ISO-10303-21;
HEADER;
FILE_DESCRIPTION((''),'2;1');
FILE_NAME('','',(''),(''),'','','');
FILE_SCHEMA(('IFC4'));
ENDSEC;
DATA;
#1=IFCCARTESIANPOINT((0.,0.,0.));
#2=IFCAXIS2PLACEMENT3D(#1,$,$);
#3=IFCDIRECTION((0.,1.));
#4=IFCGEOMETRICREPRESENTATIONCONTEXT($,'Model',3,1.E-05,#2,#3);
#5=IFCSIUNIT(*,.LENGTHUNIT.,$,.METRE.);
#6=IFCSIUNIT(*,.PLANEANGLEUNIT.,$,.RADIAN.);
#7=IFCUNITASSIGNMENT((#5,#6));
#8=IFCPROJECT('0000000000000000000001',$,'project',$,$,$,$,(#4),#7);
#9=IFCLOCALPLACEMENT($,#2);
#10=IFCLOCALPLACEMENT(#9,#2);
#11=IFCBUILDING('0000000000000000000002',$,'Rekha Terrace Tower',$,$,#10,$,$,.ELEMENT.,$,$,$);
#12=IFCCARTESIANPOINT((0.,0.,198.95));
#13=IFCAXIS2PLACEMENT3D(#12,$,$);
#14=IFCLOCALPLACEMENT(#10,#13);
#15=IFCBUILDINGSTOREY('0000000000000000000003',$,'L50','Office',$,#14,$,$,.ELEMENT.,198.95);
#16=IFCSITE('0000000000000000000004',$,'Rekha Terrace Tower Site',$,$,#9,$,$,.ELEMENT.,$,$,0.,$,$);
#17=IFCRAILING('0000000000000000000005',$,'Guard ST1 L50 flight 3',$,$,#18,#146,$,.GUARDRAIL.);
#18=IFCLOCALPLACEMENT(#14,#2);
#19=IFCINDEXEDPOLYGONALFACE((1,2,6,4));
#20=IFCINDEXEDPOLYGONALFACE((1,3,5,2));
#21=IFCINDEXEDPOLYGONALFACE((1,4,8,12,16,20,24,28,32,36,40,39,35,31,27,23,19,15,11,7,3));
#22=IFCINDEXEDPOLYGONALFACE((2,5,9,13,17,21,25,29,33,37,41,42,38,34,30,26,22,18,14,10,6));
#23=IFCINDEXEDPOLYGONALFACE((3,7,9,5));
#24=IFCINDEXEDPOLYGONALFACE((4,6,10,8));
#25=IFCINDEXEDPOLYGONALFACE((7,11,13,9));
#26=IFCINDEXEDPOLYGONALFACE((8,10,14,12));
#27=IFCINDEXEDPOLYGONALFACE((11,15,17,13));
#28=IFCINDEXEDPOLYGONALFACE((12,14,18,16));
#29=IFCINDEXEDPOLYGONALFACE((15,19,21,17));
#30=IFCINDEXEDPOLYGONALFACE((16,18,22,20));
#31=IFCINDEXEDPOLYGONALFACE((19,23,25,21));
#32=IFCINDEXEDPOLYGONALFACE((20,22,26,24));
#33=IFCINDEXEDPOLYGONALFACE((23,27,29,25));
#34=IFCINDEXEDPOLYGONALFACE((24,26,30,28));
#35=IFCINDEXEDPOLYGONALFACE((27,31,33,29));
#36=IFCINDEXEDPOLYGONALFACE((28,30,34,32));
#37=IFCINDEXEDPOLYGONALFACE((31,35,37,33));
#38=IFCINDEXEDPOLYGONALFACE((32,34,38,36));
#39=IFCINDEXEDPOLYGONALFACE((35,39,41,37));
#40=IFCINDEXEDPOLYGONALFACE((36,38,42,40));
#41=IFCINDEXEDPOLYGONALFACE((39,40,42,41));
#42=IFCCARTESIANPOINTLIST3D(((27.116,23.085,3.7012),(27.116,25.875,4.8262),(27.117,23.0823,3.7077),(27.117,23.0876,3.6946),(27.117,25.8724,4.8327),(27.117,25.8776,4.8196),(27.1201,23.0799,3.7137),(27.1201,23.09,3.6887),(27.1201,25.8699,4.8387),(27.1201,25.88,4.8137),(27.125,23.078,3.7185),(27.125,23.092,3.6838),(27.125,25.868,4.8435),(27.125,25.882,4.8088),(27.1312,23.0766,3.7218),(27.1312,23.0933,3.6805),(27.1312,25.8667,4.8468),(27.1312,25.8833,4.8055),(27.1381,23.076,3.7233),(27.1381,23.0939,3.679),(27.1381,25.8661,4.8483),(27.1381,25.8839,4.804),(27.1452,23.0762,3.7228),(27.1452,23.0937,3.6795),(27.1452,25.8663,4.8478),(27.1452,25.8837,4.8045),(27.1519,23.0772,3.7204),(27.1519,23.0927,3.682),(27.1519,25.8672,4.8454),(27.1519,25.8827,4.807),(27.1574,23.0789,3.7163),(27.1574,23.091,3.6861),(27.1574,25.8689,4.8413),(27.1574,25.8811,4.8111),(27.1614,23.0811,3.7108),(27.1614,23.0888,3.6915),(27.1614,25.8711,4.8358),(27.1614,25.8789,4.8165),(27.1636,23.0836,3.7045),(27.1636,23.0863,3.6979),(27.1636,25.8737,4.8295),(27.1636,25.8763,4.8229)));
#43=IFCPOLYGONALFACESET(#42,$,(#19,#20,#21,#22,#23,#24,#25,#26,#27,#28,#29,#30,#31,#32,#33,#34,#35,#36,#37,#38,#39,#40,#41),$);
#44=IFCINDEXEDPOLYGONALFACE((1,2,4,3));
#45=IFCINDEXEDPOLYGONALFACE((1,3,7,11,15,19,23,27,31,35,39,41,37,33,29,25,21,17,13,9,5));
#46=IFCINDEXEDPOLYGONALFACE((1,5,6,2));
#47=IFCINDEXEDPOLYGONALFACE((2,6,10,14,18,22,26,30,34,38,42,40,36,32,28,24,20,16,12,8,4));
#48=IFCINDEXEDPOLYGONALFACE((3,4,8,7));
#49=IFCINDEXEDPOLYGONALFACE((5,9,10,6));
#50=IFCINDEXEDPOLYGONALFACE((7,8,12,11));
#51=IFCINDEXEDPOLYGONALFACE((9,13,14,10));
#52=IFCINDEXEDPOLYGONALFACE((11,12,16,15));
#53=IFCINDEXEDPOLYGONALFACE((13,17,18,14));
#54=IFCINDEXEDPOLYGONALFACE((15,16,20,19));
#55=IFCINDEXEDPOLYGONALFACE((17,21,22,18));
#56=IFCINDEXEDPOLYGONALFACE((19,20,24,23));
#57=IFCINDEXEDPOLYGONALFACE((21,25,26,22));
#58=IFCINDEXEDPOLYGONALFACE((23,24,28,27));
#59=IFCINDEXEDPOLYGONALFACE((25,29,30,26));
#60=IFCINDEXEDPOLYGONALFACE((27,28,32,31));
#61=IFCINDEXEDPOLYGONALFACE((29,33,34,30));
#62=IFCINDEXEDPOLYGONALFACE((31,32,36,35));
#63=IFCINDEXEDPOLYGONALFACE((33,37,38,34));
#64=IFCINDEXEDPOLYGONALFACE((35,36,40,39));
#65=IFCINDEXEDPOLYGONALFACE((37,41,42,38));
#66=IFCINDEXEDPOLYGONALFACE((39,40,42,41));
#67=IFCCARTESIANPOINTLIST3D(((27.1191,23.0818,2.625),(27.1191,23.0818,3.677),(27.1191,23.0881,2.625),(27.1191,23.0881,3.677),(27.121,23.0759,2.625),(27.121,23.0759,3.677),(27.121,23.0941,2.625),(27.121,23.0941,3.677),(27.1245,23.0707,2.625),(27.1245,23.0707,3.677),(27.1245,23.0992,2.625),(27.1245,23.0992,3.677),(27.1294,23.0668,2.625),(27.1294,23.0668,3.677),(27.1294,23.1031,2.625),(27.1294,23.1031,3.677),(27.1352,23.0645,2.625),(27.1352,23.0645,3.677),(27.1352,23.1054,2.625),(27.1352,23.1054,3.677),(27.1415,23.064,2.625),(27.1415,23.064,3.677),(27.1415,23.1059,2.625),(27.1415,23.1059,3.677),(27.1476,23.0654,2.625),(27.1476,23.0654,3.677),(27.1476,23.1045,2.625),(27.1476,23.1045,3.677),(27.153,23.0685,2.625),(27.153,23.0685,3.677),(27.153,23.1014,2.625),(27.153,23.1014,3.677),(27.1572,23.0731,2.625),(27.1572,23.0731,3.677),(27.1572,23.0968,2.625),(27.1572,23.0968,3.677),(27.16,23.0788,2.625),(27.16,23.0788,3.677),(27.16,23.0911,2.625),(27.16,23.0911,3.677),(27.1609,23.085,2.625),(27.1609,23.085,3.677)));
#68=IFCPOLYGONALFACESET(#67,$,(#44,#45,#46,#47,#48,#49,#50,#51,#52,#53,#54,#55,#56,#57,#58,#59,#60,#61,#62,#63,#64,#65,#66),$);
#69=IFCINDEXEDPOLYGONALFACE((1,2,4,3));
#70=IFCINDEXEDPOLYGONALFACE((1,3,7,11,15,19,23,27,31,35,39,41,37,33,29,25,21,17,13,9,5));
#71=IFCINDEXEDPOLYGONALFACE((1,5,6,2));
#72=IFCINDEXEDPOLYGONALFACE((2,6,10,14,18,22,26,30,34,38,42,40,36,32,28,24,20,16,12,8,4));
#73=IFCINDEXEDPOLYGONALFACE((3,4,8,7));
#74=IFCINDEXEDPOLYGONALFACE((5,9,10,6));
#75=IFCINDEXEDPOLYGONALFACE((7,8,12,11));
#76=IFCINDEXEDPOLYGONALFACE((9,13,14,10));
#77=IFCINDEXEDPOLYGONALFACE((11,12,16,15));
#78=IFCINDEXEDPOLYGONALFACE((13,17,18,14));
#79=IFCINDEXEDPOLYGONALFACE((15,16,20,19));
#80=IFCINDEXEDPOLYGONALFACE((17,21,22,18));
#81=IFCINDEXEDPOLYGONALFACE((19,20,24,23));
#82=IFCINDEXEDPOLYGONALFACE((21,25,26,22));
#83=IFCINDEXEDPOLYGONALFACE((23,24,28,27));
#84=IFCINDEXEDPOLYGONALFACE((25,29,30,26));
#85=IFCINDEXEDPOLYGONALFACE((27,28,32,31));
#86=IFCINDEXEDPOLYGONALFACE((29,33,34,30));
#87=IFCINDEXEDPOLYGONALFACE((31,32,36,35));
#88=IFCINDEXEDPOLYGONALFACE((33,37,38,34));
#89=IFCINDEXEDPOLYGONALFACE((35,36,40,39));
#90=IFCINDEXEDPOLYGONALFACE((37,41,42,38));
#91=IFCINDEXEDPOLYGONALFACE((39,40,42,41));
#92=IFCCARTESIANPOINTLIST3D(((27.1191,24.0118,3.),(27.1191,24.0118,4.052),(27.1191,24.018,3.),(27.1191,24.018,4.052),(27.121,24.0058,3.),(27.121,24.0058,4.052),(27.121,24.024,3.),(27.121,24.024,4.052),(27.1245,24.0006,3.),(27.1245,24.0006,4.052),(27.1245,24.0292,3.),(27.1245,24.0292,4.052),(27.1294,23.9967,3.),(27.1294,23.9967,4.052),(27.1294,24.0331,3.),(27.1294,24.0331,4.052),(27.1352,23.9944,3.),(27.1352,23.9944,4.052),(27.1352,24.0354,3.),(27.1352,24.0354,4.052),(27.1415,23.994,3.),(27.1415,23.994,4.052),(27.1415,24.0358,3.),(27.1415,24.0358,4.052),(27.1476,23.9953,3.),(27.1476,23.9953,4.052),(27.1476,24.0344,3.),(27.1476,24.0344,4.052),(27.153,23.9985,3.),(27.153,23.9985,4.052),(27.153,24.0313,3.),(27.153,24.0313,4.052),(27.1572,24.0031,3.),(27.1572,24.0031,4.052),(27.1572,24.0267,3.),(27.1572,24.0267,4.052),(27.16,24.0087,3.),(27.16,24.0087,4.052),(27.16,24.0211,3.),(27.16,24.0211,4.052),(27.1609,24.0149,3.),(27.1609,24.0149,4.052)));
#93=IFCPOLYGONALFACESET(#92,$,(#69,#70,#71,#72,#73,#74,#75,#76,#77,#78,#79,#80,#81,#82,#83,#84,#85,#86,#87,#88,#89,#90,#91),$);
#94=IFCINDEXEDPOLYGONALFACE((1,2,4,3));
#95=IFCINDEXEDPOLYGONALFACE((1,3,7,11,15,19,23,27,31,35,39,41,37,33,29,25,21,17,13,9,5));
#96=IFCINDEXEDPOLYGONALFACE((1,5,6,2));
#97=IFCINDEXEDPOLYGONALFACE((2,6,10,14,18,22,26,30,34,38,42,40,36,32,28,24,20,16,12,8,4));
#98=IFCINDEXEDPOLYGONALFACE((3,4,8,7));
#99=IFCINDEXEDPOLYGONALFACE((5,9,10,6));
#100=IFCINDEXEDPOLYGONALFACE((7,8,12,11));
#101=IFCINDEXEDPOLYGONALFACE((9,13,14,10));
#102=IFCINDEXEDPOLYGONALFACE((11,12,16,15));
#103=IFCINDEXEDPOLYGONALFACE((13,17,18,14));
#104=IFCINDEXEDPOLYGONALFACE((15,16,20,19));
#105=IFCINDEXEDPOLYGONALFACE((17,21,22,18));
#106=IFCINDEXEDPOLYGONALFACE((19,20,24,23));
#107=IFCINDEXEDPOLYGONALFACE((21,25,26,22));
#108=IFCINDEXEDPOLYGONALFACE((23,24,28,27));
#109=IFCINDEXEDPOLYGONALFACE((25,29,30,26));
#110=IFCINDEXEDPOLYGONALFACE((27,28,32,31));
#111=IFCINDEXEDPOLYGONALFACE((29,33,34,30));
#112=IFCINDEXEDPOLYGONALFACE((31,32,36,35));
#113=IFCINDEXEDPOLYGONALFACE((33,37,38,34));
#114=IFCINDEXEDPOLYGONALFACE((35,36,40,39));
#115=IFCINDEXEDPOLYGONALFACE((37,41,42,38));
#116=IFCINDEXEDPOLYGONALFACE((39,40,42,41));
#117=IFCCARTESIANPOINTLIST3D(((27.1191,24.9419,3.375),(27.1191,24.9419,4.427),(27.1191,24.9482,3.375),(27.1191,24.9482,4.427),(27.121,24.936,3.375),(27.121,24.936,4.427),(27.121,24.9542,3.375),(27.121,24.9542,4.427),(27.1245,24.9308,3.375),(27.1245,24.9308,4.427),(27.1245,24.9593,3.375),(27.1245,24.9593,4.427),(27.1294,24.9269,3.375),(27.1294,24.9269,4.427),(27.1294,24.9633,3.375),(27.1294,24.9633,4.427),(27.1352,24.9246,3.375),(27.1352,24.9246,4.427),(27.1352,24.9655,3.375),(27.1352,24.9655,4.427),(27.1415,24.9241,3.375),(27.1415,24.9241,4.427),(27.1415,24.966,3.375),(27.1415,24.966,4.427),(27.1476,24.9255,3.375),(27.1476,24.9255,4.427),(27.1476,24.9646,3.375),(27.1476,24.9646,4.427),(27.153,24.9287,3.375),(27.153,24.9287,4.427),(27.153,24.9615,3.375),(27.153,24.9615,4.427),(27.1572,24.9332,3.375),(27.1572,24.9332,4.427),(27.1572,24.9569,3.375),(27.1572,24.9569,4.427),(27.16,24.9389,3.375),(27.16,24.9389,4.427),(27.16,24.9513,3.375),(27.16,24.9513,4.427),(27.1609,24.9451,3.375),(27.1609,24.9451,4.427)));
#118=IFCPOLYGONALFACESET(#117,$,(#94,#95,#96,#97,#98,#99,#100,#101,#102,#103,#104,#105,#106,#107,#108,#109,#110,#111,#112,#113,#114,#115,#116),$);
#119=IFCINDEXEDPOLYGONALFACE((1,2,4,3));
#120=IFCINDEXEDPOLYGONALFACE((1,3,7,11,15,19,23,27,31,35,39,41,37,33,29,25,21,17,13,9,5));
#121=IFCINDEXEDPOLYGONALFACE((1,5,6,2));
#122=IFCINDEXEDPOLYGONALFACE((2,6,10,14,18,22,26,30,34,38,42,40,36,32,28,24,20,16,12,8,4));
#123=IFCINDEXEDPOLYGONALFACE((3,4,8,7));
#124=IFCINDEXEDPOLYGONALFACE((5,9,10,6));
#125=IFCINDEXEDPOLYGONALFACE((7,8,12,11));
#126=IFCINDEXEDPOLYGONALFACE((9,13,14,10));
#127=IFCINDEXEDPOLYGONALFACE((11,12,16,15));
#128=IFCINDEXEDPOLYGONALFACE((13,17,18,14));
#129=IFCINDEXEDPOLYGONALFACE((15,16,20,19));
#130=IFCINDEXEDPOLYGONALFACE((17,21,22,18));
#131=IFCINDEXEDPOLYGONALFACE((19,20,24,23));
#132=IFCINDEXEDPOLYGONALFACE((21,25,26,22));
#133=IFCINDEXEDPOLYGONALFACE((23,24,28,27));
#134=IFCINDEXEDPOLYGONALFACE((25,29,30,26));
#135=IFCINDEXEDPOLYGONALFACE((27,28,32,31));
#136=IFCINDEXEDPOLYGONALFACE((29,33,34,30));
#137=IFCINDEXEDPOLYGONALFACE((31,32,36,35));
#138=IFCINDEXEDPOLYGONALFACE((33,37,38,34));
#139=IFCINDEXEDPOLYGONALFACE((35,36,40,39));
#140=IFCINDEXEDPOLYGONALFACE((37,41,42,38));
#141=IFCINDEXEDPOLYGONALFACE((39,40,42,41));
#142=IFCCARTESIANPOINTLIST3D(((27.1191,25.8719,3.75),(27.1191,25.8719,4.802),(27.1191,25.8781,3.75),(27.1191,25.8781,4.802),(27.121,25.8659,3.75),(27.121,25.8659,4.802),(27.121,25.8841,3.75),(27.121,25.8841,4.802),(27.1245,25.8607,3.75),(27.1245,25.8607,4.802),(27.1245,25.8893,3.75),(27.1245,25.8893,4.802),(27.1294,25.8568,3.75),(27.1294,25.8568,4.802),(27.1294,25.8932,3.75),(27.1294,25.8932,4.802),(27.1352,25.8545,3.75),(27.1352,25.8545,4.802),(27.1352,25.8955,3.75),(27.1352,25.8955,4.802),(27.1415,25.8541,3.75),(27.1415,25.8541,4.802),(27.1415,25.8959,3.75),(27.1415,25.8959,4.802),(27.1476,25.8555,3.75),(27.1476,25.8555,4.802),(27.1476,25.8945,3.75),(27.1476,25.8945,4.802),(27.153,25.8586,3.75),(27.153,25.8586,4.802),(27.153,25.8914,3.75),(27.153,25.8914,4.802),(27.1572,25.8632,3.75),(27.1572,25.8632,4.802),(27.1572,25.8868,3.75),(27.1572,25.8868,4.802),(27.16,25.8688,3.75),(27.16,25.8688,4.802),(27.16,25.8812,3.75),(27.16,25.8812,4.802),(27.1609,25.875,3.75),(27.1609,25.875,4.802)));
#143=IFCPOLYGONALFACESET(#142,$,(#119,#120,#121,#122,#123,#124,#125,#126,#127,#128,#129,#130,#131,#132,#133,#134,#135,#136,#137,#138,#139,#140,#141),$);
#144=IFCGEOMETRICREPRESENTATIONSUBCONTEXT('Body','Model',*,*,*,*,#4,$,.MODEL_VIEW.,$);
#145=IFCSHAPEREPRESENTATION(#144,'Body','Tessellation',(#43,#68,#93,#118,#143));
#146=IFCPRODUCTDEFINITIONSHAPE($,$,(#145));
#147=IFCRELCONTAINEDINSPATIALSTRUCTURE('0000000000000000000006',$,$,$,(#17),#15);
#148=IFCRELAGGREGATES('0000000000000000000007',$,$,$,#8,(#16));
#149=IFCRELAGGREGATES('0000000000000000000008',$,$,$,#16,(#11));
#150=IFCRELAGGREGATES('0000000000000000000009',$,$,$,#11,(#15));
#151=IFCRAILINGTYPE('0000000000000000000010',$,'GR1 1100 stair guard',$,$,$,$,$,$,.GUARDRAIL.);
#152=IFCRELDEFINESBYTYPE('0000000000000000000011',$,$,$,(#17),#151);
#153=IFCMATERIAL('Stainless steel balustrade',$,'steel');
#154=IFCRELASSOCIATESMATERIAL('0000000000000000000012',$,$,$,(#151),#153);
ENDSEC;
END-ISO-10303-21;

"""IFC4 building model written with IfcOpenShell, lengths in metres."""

from ifc_helpers import new_model, si_unit, direction, frame, origin, origin_2d, place, context, subcontext, project, spatial, circle, extrude, material, type_object, element, save


model = new_model("IFC4")

# Units and contexts
model_context = context("Model", 3, precision=1e-05, world=origin(), true_north=direction((0.0, 1.0)))
body_context = subcontext(model_context, "Body", "Model", "MODEL_VIEW")
ifc_project = project(units=[si_unit("LENGTHUNIT", "METRE"), si_unit("PLANEANGLEUNIT", "RADIAN")], contexts=[model_context])

# Site, building, storey
site_placement = place(None, origin())
site = spatial("IfcSite", under=ifc_project, at=site_placement, Name="Rekha Terrace Tower Site", CompositionType="ELEMENT", RefElevation=0.0)
building_placement = place(site_placement, origin())
building = spatial("IfcBuilding", under=site, at=building_placement, Name="Rekha Terrace Tower", CompositionType="ELEMENT")
storey_placement = place(building_placement, frame((0.0, 0.0, 198.95)))
storey = spatial("IfcBuildingStorey", under=building, at=storey_placement, Name="L50", Description="Office", CompositionType="ELEMENT", Elevation=198.95)

# Railing
ifc_material_1 = material(Name="Stainless steel balustrade", Category="steel")
railing_type_1 = type_object("IfcRailingType", Name="GR1 1100 stair guard", PredefinedType="GUARDRAIL", material=ifc_material_1)
railing_1_placement = place(storey_placement, frame((27.1399, 23.085, 2.625)))
element("IfcRailing", 1, at=railing_1_placement, inside=storey, type_object=railing_type_1, Name="Guard ST1 L50 flight 3", PredefinedType="GUARDRAIL", context=body_context, shape_type="SweptSolid", body=[
    extrude(circle(Radius=0.0239, at=origin_2d()), frame((0.0, 0.0, 1.0762), z_axis=(0.0, 0.927443, 0.373964), x_axis=(-1.0, 0.0, 0.0)), (0.0, 0.0, 1.0), 3.0083),
    extrude(circle(Radius=0.021, at=origin_2d()), origin(), (0.0, 0.0, 1.0), 1.052),
    extrude(circle(Radius=0.021, at=origin_2d()), frame((0.0, 0.9299, 0.375)), (0.0, 0.0, 1.0), 1.052),
    extrude(circle(Radius=0.021, at=origin_2d()), frame((0.0, 1.8601, 0.75)), (0.0, 0.0, 1.0), 1.052),
    extrude(circle(Radius=0.021, at=origin_2d()), frame((0.0, 2.79, 1.125)), (0.0, 0.0, 1.0), 1.052),
])

save(model, "model.ifc")
